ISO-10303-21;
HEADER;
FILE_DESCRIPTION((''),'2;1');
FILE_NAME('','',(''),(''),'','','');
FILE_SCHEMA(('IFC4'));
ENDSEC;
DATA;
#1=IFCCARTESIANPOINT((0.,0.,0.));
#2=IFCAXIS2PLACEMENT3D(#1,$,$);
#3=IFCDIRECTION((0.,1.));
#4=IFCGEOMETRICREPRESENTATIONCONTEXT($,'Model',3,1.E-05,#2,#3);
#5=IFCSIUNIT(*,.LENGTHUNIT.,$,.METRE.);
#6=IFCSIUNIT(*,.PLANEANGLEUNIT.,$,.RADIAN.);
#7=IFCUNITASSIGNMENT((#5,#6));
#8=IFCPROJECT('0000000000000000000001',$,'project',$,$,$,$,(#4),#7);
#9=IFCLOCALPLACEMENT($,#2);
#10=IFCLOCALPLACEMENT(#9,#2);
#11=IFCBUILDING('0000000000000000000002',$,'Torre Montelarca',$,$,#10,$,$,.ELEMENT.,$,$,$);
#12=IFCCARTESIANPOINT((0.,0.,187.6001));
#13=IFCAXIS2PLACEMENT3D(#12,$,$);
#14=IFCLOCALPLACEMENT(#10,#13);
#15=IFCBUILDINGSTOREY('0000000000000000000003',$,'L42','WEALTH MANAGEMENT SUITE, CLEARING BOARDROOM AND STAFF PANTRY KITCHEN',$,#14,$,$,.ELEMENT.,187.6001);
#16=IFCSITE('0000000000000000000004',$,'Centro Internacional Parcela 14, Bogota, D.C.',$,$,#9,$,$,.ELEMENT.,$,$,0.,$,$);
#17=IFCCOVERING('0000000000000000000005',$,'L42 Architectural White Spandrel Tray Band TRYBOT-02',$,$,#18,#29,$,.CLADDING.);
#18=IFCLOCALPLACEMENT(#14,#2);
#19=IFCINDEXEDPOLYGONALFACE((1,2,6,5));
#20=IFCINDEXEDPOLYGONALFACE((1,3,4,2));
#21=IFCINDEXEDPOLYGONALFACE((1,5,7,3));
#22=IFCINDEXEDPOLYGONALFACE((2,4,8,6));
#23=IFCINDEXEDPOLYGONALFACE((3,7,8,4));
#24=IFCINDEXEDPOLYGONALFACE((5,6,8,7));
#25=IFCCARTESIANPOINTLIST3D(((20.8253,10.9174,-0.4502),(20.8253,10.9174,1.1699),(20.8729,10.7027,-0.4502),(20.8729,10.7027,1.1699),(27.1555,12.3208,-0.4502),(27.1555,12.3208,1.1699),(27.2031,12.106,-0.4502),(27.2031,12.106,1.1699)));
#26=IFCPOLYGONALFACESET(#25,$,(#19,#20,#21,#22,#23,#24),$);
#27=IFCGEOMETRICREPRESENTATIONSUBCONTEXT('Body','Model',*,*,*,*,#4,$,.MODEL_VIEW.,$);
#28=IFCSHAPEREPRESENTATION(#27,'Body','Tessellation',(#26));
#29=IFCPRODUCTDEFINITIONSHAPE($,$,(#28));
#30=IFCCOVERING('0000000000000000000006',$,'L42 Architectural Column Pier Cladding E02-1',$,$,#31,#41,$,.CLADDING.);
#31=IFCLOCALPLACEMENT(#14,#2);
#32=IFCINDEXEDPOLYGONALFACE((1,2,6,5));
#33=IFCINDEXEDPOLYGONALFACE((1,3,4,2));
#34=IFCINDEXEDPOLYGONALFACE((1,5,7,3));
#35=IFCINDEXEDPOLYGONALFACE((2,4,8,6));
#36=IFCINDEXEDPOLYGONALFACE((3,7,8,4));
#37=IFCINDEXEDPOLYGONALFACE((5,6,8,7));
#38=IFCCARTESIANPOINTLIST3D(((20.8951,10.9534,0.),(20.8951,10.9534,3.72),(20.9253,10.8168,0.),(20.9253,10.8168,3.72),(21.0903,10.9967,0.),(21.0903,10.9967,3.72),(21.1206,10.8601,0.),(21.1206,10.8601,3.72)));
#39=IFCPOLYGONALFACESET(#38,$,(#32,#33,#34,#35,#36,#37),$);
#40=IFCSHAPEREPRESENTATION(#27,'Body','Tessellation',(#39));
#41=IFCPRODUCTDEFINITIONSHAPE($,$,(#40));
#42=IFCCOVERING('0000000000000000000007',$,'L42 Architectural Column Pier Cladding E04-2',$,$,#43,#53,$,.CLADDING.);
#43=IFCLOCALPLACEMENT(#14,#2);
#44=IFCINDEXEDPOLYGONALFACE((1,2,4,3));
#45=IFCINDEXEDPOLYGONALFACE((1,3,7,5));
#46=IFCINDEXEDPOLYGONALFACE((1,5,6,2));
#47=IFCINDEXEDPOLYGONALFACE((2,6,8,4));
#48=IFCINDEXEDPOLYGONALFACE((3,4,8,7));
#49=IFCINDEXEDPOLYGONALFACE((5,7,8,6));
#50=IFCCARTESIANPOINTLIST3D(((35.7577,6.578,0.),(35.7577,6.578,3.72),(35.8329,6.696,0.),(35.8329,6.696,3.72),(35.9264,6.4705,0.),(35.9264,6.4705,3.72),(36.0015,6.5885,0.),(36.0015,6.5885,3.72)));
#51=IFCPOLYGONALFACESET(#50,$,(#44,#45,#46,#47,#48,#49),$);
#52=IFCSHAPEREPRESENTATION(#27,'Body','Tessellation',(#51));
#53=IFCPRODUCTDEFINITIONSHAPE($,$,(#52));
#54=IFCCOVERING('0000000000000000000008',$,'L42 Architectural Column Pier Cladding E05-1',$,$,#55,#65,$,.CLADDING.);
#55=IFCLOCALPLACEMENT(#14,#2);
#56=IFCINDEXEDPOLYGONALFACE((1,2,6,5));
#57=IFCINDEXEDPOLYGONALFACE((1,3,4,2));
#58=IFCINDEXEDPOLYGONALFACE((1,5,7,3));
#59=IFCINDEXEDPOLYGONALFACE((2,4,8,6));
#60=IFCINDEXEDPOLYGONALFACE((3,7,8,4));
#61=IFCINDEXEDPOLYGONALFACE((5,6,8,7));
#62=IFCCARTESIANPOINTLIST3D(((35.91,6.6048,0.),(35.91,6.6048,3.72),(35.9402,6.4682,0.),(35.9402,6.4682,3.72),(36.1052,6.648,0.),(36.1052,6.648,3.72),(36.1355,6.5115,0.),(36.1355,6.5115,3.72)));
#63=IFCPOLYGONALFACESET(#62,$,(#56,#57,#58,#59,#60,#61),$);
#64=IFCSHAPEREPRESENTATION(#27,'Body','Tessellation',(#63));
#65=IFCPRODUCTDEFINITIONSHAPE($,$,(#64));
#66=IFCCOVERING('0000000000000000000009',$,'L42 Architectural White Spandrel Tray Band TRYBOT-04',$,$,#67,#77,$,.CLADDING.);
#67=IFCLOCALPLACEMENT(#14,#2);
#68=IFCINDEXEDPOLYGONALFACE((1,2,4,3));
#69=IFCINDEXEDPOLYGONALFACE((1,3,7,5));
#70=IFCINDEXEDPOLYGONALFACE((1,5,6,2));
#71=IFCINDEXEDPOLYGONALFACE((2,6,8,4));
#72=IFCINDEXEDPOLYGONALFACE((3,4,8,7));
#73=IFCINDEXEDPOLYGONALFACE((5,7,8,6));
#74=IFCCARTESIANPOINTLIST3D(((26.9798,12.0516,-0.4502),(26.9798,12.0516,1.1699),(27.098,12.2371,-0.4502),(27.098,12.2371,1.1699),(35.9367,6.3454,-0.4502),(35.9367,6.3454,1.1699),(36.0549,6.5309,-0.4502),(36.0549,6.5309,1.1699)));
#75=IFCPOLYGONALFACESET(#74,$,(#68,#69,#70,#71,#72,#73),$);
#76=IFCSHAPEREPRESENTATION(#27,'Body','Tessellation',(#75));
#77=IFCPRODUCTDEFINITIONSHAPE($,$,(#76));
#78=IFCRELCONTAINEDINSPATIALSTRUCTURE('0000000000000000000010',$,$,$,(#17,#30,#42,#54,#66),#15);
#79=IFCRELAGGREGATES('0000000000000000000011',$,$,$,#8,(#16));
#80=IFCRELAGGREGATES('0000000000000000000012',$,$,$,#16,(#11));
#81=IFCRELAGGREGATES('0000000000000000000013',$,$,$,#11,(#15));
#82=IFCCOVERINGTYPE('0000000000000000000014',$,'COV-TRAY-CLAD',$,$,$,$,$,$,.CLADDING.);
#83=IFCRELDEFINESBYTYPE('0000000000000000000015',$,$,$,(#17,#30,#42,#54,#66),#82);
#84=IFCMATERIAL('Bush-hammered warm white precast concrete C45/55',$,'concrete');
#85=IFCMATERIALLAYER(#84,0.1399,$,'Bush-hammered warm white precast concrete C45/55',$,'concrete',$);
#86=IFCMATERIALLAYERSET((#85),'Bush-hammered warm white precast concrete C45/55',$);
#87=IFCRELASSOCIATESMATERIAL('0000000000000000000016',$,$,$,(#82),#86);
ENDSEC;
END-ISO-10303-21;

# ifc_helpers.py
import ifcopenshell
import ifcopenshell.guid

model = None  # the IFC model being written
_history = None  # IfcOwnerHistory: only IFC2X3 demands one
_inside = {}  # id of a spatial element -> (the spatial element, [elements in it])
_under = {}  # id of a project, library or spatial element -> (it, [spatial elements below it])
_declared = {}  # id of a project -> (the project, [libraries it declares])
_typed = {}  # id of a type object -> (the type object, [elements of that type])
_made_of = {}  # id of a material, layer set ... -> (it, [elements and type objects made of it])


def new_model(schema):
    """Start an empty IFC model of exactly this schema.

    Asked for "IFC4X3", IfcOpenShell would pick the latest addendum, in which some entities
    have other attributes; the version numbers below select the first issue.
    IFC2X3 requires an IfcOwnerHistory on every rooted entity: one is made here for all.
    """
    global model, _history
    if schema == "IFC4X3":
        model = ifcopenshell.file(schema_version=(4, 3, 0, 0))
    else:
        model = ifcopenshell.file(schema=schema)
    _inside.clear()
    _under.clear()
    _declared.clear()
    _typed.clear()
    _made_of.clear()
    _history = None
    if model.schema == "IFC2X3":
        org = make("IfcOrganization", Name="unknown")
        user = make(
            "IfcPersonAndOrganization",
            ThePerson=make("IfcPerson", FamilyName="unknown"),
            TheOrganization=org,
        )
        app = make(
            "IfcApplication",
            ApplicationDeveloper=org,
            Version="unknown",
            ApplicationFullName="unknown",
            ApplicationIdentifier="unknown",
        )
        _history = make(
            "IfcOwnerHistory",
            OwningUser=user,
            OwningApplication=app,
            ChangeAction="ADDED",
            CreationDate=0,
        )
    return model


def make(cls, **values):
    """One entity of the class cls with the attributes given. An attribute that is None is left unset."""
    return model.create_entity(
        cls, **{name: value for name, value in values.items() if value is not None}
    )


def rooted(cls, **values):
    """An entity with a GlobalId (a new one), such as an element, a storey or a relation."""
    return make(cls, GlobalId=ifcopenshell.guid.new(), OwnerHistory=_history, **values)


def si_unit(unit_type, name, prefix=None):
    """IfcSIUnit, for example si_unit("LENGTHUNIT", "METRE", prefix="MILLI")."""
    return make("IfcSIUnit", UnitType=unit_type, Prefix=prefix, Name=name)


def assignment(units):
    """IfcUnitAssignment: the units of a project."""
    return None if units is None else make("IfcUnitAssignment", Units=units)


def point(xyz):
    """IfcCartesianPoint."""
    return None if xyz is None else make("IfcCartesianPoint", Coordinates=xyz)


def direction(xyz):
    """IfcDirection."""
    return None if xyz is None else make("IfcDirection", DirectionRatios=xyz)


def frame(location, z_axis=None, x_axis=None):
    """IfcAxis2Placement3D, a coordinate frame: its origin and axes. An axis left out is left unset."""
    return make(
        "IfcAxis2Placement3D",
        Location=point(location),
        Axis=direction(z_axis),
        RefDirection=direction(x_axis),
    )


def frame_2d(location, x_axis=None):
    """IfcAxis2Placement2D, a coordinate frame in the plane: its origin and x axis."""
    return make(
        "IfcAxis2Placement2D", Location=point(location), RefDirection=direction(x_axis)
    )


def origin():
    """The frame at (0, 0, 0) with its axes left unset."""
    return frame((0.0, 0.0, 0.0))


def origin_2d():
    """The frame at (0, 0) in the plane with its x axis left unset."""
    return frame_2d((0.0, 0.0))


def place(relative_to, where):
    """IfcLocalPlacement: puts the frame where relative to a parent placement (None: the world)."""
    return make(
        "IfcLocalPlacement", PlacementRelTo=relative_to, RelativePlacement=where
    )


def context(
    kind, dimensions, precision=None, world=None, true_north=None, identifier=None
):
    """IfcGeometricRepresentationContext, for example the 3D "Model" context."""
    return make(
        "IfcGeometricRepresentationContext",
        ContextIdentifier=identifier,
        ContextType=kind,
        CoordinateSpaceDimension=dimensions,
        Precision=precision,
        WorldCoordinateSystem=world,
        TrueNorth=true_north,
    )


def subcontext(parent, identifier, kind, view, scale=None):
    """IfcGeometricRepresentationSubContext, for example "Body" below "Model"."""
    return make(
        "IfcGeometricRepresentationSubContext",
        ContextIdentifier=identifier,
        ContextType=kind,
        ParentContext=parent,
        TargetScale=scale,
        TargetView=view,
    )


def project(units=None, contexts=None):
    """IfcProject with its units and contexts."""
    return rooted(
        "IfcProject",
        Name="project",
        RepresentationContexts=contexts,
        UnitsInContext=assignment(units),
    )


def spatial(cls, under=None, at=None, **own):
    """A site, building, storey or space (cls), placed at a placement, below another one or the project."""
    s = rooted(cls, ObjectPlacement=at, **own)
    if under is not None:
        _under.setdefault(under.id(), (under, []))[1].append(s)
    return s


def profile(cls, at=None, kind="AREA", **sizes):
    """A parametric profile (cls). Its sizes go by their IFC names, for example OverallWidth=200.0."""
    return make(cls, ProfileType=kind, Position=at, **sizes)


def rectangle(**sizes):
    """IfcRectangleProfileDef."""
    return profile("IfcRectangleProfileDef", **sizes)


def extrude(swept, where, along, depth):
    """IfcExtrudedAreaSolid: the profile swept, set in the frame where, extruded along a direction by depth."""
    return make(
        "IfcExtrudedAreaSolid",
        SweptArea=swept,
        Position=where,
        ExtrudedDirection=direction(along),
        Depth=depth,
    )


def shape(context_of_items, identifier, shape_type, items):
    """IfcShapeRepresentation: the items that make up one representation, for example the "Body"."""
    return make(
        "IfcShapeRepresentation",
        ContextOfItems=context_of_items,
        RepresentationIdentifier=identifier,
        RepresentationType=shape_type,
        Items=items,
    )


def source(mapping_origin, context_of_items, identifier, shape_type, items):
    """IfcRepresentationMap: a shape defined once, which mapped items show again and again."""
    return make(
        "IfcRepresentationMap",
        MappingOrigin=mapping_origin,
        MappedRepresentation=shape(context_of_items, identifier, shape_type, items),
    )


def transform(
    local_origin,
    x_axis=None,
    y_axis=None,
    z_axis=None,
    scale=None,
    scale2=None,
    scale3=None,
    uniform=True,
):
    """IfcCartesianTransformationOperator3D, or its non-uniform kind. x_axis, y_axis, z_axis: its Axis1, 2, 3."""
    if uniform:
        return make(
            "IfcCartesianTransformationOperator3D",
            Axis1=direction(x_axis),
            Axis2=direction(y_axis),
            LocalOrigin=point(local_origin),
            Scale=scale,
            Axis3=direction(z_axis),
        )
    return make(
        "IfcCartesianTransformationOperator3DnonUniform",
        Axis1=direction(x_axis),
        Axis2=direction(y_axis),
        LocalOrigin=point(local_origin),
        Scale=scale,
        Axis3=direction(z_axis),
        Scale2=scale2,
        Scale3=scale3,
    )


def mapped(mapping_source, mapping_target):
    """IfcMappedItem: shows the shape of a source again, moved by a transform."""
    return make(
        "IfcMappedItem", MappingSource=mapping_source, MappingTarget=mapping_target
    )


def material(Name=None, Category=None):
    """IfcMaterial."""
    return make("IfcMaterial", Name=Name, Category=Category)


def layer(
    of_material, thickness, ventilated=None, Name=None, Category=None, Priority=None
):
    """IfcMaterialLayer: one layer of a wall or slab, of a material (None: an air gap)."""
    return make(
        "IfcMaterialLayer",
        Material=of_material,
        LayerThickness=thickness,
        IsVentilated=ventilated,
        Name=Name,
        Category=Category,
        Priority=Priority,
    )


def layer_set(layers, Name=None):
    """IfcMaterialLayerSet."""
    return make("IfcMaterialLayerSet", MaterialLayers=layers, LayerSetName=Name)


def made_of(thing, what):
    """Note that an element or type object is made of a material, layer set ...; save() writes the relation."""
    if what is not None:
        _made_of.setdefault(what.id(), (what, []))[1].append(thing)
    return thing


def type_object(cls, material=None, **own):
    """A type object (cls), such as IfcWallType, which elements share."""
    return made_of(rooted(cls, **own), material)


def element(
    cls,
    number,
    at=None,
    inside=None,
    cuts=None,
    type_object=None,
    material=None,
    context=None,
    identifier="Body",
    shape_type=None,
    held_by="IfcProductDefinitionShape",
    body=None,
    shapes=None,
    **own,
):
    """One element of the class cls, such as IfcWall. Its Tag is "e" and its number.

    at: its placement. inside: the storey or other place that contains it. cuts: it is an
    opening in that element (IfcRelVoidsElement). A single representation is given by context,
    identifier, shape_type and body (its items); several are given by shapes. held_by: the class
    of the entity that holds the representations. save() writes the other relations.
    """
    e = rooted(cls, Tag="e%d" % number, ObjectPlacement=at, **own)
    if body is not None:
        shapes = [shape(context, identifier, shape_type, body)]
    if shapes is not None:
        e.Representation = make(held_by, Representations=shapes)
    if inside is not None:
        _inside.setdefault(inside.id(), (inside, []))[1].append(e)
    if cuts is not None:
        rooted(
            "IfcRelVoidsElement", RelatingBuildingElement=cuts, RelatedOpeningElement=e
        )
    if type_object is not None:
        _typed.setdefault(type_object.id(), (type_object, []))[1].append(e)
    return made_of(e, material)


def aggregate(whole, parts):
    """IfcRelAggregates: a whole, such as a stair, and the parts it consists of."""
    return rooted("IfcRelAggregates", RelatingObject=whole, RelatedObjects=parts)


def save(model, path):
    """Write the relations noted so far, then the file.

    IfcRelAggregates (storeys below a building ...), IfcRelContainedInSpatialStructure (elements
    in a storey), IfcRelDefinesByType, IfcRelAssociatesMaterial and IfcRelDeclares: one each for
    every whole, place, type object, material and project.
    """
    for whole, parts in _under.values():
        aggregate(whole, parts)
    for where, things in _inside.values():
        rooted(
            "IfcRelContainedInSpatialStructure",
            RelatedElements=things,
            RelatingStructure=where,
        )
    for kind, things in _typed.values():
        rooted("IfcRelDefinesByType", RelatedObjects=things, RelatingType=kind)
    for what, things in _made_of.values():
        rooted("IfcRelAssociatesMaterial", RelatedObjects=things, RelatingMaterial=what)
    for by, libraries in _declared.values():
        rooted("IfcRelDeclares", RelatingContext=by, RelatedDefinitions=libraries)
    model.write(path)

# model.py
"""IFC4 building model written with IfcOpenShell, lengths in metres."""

from ifc_helpers import new_model, si_unit, direction, frame, origin, origin_2d, place, context, subcontext, project, spatial, rectangle, extrude, source, transform, mapped, material, layer, layer_set, type_object, element, save


model = new_model("IFC4")

# Units and contexts
model_context = context("Model", 3, precision=1e-05, world=origin(), true_north=direction((0.0, 1.0)))
body_context = subcontext(model_context, "Body", "Model", "MODEL_VIEW")
ifc_project = project(units=[si_unit("LENGTHUNIT", "METRE"), si_unit("PLANEANGLEUNIT", "RADIAN")], contexts=[model_context])

# Site, building, storey
site_placement = place(None, origin())
site = spatial("IfcSite", under=ifc_project, at=site_placement, Name="Centro Internacional Parcela 14, Bogota, D.C.", CompositionType="ELEMENT", RefElevation=0.0)
building_placement = place(site_placement, origin())
building = spatial("IfcBuilding", under=site, at=building_placement, Name="Torre Montelarca", CompositionType="ELEMENT")
storey_placement = place(building_placement, frame((0.0, 0.0, 187.6001)))
storey = spatial("IfcBuildingStorey", under=building, at=storey_placement, Name="L42", Description="WEALTH MANAGEMENT SUITE, CLEARING BOARDROOM AND STAFF PANTRY KITCHEN", CompositionType="ELEMENT", Elevation=187.6001)

# Coverings
ifc_material_1 = material(Name="Bush-hammered warm white precast concrete C45/55", Category="concrete")
ifc_layer_1 = layer(ifc_material_1, 0.1399, Name="Bush-hammered warm white precast concrete C45/55", Category="concrete")
ifc_layer_set_1 = layer_set([ifc_layer_1], Name="Bush-hammered warm white precast concrete C45/55")
covering_type = type_object("IfcCoveringType", Name="COV-TRAY-CLAD", PredefinedType="CLADDING", material=ifc_layer_set_1)
shared_shape_1 = source(origin(), body_context, "Body", "SweptSolid", [
    extrude(rectangle(XDim=6.4839, YDim=0.22, at=origin_2d()), origin(), (0.0, 0.0, 1.0), 1.6201),
])
covering_1_placement = place(storey_placement, frame((24.0142, 11.5117, -0.4502), z_axis=(0.0, 0.0, 1.0), x_axis=(0.976296, 0.216438, 0.0)))
element("IfcCovering", 1, at=covering_1_placement, inside=storey, type_object=covering_type, Name="L42 Architectural White Spandrel Tray Band TRYBOT-02", PredefinedType="CLADDING", context=body_context, shape_type="MappedRepresentation", body=[
    mapped(shared_shape_1, transform((0.0, 0.0, 0.0), scale=1.0)),
])
shared_shape_2 = source(origin(), body_context, "Body", "SweptSolid", [
    extrude(rectangle(XDim=0.2, YDim=0.1399, at=origin_2d()), origin(), (0.0, 0.0, 1.0), 3.72),
])
for number, where, z_axis, x_axis, name in (
    (2, (21.0078, 10.9067, 0.0), (0.0, 0.0, 1.0), (0.976299, 0.216424, 0.0), "L42 Architectural Column Pier Cladding E02-1"),
    (3, (35.8796, 6.5833, 0.0), (0.0, 0.0, 1.0), (0.843385, -0.53731, 0.0), "L42 Architectural Column Pier Cladding E04-2"),
    (4, (36.0227, 6.5581, 0.0), (0.0, 0.0, 1.0), (0.976293, 0.216452, 0.0), "L42 Architectural Column Pier Cladding E05-1"),
):
    element("IfcCovering", number, at=place(storey_placement, frame(where, z_axis=z_axis, x_axis=x_axis)), inside=storey, type_object=covering_type, Name=name, PredefinedType="CLADDING", context=body_context, shape_type="MappedRepresentation", body=[
        mapped(shared_shape_2, transform((0.0, 0.0, 0.0), scale=1.0)),
    ])
shared_shape_3 = source(origin(), body_context, "Body", "SweptSolid", [
    extrude(rectangle(XDim=10.6201, YDim=0.22, at=origin_2d()), origin(), (0.0, 0.0, 1.0), 1.6201),
])
covering_2_placement = place(storey_placement, frame((31.5173, 9.2913, -0.4502), z_axis=(0.0, 0.0, 1.0), x_axis=(0.843389, -0.537304, 0.0)))
element("IfcCovering", 5, at=covering_2_placement, inside=storey, type_object=covering_type, Name="L42 Architectural White Spandrel Tray Band TRYBOT-04", PredefinedType="CLADDING", context=body_context, shape_type="MappedRepresentation", body=[
    mapped(shared_shape_3, transform((0.0, 0.0, 0.0), scale=1.0)),
])

save(model, "model.ifc")
